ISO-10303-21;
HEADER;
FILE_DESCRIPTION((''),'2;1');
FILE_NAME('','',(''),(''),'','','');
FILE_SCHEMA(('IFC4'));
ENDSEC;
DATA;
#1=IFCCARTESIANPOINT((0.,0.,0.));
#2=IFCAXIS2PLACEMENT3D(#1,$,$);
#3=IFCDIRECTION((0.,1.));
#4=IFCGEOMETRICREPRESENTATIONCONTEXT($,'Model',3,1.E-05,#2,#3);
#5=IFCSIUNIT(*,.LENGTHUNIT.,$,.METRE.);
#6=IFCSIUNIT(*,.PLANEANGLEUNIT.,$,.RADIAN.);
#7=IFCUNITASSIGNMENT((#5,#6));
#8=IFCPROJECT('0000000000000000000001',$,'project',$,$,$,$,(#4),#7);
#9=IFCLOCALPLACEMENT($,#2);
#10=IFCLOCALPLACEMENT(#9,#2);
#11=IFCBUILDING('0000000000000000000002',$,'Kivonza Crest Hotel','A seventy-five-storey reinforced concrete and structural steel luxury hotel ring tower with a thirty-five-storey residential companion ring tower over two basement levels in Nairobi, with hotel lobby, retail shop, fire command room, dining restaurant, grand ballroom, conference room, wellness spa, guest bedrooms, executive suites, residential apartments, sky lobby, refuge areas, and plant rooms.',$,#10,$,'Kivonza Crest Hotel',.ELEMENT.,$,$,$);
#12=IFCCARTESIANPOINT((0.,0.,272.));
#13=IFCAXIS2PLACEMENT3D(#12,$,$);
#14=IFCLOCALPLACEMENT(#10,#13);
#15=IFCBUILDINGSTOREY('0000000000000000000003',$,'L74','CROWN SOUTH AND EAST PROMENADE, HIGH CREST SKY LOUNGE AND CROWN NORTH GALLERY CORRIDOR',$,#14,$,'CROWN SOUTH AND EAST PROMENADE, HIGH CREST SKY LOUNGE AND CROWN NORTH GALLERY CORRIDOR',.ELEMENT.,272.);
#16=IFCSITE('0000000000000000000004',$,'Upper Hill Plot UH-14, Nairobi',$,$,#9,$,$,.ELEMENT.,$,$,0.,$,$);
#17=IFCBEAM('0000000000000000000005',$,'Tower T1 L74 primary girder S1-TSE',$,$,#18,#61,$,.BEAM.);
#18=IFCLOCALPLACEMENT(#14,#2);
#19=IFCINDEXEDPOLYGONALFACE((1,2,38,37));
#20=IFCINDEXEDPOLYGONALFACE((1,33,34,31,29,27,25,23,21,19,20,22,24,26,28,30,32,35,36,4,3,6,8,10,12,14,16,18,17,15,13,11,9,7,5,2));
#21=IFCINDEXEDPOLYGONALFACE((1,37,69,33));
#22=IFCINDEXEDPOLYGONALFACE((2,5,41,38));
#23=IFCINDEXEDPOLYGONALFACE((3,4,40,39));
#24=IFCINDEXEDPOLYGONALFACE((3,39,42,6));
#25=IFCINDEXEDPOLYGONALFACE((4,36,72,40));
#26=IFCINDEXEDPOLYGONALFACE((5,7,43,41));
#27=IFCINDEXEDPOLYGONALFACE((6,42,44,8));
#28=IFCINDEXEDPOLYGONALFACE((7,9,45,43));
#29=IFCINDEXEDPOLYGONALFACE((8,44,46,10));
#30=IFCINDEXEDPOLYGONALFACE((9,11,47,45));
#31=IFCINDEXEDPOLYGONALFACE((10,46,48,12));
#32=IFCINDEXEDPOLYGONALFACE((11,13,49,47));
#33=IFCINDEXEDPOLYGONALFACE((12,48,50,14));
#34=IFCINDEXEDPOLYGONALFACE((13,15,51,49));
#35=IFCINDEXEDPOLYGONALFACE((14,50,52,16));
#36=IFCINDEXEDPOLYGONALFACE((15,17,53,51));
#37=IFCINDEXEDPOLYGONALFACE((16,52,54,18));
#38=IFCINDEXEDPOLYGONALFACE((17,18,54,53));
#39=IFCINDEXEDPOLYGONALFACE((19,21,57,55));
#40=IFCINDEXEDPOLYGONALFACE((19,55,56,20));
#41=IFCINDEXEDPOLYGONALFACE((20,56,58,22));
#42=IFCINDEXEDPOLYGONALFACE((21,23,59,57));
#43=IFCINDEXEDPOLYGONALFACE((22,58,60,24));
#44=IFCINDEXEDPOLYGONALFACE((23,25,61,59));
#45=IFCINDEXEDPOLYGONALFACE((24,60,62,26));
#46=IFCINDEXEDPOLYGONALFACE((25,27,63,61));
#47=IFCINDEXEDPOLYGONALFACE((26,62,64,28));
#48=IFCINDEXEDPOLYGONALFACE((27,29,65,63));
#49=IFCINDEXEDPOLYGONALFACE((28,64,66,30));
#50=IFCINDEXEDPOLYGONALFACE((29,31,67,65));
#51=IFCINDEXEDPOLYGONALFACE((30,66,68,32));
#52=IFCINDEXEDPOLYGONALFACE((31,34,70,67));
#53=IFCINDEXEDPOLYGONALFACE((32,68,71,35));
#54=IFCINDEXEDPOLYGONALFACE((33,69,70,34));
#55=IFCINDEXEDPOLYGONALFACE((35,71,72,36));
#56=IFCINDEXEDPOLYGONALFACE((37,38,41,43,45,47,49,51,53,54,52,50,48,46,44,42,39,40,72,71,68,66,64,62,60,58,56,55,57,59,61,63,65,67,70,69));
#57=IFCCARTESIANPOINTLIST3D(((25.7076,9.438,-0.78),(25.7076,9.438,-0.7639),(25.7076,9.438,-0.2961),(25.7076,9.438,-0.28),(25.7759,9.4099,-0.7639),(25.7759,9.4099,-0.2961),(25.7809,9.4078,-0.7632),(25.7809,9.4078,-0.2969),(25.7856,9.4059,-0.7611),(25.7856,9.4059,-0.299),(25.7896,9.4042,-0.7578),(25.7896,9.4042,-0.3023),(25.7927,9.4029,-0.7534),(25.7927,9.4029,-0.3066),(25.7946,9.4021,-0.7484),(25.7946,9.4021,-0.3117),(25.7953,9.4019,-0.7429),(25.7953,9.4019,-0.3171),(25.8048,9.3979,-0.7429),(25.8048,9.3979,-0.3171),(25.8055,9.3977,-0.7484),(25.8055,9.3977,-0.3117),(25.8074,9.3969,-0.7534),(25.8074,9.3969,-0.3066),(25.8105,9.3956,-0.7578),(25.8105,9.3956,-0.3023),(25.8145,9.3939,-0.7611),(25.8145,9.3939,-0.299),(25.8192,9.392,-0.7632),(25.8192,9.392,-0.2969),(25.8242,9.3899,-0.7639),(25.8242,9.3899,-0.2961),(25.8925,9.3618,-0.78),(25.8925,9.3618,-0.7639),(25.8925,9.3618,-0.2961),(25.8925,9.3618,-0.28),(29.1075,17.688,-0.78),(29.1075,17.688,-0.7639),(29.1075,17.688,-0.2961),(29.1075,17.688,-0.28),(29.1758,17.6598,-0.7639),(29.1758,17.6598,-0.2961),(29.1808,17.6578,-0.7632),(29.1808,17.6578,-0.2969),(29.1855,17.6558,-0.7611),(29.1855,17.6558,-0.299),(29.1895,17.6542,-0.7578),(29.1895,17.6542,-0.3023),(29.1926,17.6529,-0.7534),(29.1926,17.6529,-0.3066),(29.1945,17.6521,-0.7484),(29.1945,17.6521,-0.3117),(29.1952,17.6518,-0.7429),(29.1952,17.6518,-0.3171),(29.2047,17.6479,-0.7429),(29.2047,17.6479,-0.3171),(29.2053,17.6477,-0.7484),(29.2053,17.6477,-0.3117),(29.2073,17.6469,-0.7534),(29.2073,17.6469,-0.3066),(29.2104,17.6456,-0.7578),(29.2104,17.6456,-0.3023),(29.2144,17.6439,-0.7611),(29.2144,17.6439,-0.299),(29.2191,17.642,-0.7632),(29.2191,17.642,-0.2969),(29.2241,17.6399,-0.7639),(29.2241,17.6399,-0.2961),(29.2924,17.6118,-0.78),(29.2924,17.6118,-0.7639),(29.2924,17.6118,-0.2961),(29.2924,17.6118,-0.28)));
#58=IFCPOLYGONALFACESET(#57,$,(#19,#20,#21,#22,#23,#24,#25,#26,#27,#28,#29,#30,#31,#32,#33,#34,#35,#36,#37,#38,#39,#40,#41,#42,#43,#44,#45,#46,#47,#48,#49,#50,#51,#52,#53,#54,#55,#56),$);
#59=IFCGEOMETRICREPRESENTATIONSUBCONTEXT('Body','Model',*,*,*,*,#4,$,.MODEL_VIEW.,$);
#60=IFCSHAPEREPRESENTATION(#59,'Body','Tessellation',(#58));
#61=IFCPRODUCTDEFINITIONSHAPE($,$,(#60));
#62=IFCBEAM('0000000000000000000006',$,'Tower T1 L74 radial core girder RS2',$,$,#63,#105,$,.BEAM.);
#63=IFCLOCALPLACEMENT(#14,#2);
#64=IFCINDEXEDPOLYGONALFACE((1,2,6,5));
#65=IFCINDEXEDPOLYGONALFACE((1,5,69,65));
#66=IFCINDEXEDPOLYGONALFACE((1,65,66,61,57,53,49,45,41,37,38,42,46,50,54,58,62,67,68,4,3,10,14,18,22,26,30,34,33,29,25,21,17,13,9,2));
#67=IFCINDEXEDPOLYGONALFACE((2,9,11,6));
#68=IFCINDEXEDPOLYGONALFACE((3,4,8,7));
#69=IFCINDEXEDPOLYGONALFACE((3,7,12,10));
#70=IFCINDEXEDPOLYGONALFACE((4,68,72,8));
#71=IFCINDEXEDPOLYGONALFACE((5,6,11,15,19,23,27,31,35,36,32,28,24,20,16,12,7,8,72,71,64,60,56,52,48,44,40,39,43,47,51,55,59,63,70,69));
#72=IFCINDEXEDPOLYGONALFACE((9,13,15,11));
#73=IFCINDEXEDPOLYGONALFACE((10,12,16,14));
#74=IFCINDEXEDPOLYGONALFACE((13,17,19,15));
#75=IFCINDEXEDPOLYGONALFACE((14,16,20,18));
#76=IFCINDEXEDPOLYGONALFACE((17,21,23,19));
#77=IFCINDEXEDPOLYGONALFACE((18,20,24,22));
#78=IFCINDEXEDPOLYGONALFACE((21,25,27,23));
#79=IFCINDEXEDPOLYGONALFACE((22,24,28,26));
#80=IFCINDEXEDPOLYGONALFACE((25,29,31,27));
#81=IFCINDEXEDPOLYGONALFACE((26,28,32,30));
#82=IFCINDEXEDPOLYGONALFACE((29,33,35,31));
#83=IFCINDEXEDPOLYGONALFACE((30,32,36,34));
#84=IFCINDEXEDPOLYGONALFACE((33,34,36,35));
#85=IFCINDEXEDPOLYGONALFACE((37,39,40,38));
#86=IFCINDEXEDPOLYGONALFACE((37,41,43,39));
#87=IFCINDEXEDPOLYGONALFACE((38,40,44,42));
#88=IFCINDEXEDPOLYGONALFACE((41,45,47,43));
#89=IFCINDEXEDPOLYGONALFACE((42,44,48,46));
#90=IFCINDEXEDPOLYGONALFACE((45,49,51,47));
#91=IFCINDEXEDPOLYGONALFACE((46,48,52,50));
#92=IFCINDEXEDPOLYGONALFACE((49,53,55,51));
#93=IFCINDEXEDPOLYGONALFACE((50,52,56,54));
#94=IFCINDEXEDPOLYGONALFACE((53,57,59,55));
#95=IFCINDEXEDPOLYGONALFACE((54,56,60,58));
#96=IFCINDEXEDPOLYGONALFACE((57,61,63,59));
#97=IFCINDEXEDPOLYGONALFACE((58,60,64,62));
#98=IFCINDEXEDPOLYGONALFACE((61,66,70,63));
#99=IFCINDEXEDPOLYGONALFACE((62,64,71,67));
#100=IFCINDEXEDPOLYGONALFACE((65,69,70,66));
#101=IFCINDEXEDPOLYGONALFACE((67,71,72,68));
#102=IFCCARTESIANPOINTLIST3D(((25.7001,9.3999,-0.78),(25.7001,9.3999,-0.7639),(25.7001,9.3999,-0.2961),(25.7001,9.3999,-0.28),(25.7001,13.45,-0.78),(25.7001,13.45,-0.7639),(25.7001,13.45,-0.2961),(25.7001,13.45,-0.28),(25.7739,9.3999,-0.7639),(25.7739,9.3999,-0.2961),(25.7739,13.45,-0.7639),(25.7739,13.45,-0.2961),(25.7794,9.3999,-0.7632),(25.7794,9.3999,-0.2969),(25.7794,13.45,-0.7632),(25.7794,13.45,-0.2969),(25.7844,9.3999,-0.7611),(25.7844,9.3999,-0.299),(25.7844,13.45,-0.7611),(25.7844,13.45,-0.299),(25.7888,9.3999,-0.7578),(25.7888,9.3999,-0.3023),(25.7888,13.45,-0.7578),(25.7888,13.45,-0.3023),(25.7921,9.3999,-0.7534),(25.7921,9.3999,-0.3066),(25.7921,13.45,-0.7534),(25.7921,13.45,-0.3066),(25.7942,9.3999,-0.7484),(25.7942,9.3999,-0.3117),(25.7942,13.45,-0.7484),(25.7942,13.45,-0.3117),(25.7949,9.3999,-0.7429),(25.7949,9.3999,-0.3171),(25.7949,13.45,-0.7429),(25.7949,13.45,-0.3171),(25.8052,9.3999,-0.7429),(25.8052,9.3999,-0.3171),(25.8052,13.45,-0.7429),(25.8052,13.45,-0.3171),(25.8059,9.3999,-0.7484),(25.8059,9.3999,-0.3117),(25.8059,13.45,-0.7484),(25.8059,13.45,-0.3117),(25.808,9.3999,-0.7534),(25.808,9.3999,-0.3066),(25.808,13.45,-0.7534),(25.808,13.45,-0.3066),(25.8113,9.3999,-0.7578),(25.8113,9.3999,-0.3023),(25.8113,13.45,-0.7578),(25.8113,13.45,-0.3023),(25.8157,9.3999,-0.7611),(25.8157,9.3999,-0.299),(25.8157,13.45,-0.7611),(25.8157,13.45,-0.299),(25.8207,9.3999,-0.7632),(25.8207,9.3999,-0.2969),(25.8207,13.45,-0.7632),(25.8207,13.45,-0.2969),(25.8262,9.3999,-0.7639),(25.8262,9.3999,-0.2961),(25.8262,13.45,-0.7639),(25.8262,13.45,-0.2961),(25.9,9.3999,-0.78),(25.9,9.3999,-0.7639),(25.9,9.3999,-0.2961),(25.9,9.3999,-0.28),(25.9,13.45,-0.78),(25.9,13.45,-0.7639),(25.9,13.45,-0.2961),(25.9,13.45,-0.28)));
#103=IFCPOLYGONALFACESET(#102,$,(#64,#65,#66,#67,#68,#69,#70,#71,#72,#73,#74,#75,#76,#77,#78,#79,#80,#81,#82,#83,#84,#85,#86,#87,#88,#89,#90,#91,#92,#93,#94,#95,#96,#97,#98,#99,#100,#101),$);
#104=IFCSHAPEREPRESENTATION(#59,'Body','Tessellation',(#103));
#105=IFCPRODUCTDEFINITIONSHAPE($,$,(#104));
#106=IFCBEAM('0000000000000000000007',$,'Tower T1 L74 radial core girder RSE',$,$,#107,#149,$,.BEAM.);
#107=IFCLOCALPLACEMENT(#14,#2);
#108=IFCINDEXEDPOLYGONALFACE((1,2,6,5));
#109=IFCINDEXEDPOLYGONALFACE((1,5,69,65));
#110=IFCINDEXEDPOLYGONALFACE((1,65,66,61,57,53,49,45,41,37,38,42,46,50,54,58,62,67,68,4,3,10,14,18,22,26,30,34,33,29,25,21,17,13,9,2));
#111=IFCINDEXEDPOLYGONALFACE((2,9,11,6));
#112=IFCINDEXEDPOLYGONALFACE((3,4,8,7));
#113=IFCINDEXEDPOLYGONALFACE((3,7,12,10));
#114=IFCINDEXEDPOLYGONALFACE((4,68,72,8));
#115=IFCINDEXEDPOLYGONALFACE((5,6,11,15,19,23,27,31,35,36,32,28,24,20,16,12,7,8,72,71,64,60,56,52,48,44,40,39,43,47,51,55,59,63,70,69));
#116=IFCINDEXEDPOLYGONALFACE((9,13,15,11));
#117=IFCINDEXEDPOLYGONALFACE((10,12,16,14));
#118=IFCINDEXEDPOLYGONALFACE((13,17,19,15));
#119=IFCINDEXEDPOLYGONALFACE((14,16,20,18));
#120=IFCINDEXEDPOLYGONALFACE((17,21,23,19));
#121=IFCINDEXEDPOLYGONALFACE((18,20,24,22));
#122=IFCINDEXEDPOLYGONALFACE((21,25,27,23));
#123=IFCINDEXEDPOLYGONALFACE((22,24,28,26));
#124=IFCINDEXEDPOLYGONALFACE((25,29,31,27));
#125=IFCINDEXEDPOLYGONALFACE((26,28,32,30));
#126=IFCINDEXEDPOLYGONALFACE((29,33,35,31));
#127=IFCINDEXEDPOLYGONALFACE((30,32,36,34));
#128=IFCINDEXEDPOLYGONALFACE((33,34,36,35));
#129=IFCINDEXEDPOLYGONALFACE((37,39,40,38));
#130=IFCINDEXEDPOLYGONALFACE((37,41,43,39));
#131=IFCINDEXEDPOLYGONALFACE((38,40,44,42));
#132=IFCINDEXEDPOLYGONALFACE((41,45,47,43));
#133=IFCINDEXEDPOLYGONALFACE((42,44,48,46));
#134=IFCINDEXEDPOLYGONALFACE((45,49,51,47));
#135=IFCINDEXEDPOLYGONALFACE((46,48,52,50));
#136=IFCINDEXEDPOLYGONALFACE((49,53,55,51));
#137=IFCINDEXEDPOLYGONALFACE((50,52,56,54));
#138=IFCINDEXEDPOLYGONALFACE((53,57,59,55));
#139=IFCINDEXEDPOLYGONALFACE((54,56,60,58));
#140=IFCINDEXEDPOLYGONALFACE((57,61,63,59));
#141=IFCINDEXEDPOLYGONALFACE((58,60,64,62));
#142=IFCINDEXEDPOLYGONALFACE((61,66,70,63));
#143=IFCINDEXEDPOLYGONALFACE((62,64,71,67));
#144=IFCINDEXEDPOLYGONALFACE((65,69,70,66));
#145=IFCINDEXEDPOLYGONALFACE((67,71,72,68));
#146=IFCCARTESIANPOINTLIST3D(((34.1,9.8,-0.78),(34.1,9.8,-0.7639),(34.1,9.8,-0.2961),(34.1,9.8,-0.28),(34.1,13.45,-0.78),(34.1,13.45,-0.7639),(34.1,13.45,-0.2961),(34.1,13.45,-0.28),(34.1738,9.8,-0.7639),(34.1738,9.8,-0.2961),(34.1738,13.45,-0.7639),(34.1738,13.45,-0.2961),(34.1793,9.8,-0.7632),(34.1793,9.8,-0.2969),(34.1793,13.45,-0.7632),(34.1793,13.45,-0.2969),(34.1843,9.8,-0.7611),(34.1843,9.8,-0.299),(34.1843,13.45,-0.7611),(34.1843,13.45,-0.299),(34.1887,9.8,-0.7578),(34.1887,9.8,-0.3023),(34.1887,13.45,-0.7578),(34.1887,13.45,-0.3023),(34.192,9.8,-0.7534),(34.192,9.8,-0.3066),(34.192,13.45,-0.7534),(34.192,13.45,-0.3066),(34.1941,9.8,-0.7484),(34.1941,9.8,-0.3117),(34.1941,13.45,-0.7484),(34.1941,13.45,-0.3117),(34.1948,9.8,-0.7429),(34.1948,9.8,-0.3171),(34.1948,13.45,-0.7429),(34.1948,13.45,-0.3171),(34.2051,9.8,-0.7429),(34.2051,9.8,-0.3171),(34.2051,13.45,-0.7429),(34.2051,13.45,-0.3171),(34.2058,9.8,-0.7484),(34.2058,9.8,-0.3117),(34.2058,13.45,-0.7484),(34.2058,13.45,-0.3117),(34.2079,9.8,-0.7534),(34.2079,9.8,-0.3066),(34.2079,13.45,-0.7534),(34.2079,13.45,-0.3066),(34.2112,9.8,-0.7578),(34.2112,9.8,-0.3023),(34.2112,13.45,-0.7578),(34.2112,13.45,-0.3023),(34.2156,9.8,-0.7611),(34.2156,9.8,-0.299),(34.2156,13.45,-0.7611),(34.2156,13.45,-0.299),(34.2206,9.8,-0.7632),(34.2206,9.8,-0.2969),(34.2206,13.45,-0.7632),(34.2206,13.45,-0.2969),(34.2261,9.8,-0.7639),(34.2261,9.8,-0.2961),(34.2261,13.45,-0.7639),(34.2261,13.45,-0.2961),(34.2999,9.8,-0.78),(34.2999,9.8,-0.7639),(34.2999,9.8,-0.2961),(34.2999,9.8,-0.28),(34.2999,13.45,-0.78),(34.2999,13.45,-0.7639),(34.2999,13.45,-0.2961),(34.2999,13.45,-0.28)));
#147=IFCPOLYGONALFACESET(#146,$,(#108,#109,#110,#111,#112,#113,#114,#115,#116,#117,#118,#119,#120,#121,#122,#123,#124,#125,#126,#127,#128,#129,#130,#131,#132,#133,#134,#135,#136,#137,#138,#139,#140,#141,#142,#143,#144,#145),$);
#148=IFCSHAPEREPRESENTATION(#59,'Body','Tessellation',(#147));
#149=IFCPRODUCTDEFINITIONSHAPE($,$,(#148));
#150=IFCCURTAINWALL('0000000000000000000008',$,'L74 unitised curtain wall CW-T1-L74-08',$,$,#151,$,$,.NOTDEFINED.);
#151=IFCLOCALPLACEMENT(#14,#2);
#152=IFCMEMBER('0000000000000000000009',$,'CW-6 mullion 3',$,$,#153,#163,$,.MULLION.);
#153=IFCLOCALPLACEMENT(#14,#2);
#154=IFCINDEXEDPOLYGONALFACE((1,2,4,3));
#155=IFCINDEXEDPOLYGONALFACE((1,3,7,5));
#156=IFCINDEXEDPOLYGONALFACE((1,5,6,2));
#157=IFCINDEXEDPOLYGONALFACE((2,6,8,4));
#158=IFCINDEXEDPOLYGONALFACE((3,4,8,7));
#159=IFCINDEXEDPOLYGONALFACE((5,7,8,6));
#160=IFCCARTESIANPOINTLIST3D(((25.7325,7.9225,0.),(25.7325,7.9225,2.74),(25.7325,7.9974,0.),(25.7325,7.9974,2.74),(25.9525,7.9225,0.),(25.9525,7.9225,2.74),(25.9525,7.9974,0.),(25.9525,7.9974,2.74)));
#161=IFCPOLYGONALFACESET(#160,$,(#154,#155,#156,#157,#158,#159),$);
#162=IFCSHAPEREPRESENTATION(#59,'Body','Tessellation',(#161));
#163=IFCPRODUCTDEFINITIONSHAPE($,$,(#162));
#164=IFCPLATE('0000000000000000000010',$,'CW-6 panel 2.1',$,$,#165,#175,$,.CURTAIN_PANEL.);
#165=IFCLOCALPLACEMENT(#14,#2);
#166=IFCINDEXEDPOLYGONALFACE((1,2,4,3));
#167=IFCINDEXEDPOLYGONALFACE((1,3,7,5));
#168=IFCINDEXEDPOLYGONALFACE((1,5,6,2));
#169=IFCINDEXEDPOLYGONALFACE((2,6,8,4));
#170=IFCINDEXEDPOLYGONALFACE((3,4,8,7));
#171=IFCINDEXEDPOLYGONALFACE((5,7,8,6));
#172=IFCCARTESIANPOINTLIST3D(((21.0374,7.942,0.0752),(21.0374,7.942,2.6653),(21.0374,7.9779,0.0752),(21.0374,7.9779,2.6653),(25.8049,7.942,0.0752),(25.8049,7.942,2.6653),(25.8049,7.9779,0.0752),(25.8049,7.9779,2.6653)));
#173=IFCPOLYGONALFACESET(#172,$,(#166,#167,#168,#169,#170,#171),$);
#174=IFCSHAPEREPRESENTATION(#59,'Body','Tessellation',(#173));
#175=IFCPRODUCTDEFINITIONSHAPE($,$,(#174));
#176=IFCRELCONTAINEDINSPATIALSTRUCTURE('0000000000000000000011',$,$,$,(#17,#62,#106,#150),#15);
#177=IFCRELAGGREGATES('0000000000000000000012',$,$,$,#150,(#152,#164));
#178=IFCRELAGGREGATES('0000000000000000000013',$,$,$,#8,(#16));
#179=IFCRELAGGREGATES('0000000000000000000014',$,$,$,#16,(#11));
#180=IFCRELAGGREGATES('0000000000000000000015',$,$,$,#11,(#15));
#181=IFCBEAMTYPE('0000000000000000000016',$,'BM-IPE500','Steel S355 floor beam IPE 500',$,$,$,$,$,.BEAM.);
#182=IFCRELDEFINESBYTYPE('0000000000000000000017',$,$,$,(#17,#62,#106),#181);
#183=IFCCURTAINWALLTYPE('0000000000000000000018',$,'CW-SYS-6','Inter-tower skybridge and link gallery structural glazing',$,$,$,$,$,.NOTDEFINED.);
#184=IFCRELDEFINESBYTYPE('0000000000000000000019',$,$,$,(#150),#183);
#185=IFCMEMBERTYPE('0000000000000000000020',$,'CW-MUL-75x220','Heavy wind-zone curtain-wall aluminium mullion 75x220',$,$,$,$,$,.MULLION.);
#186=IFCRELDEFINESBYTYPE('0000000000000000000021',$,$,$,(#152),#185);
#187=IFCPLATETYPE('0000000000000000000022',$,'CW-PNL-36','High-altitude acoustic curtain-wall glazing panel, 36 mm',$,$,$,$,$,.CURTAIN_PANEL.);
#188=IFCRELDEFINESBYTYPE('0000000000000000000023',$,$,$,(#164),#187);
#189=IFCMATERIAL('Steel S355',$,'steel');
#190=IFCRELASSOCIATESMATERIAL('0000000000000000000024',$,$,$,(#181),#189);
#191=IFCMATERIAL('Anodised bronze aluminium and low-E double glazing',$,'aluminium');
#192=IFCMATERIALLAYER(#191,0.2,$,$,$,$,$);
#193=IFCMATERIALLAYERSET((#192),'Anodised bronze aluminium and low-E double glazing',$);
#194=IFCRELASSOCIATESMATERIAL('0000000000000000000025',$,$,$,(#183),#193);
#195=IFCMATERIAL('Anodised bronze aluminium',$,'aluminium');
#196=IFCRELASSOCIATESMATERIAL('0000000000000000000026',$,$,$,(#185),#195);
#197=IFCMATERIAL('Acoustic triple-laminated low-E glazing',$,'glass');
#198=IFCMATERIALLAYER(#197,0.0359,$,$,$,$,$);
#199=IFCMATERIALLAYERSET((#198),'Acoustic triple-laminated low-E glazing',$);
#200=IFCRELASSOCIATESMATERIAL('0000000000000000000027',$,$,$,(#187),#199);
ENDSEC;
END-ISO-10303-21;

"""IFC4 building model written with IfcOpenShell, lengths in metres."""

from ifc_helpers import new_model, si_unit, direction, frame, origin, origin_2d, place, context, subcontext, project, spatial, rectangle, i_section, extrude, material, layer, layer_set, material_profile, profile_set, type_object, element, aggregate, save


model = new_model("IFC4")

# Units and contexts
model_context = context("Model", 3, precision=1e-05, world=origin(), true_north=direction((0.0, 1.0)))
body_context = subcontext(model_context, "Body", "Model", "MODEL_VIEW")
ifc_project = project(units=[si_unit("LENGTHUNIT", "METRE"), si_unit("PLANEANGLEUNIT", "RADIAN")], contexts=[model_context])

# Site, building, storey
site_placement = place(None, origin())
site = spatial("IfcSite", under=ifc_project, at=site_placement, Name="Upper Hill Plot UH-14, Nairobi", CompositionType="ELEMENT", RefElevation=0.0)
building_placement = place(site_placement, origin())
building = spatial("IfcBuilding", under=site, at=building_placement, Name="Kivonza Crest Hotel", Description="A seventy-five-storey reinforced concrete and structural steel luxury hotel ring tower with a thirty-five-storey residential companion ring tower over two basement levels in Nairobi, with hotel lobby, retail shop, fire command room, dining restaurant, grand ballroom, conference room, wellness spa, guest bedrooms, executive suites, residential apartments, sky lobby, refuge areas, and plant rooms.", LongName="Kivonza Crest Hotel", CompositionType="ELEMENT")
storey_placement = place(building_placement, frame((0.0, 0.0, 272.0)))
storey = spatial("IfcBuildingStorey", under=building, at=storey_placement, Name="L74", Description="CROWN SOUTH AND EAST PROMENADE, HIGH CREST SKY LOUNGE AND CROWN NORTH GALLERY CORRIDOR", LongName="CROWN SOUTH AND EAST PROMENADE, HIGH CREST SKY LOUNGE AND CROWN NORTH GALLERY CORRIDOR", CompositionType="ELEMENT", Elevation=272.0)

# Beams
ifc_material_1 = material(Name="Steel S355", Category="steel")
ifc_material_profile_1 = material_profile(ifc_material_1, i_section(OverallWidth=0.2, OverallDepth=0.5, WebThickness=0.0103, FlangeThickness=0.0161, FilletRadius=0.021, at=origin_2d()), Name="IPE 500")
ifc_profile_set_1 = profile_set([ifc_material_profile_1], Name="Steel S355")
beam_type_1 = type_object("IfcBeamType", Name="BM-IPE500", Description="Steel S355 floor beam IPE 500", PredefinedType="BEAM", material=ifc_profile_set_1)
beam_1_placement = place(storey_placement, frame((25.8, 9.3999, -0.53), z_axis=(0.381022, 0.924566, 0.0), x_axis=(-0.924566, 0.381022, 0.0)))
element("IfcBeam", 1, at=beam_1_placement, inside=storey, type_object=beam_type_1, Name="Tower T1 L74 primary girder S1-TSE", PredefinedType="BEAM", context=body_context, shape_type="SweptSolid", body=[
    extrude(i_section(OverallWidth=0.2, OverallDepth=0.5, WebThickness=0.0103, FlangeThickness=0.0161, FilletRadius=0.021, at=origin_2d()), origin(), (0.0, 0.0, 1.0), 8.9231),
])
beam_2_placement = place(storey_placement, frame((25.8, 9.3999, -0.53), z_axis=(0.0, 1.0, 0.0), x_axis=(-1.0, 0.0, 0.0)))
element("IfcBeam", 2, at=beam_2_placement, inside=storey, type_object=beam_type_1, Name="Tower T1 L74 radial core girder RS2", PredefinedType="BEAM", context=body_context, shape_type="SweptSolid", body=[
    extrude(i_section(OverallWidth=0.2, OverallDepth=0.5, WebThickness=0.0103, FlangeThickness=0.0161, FilletRadius=0.021, at=origin_2d()), origin(), (0.0, 0.0, 1.0), 4.05),
])
beam_3_placement = place(storey_placement, frame((34.2, 9.8, -0.53), z_axis=(0.0, 1.0, 0.0), x_axis=(-1.0, 0.0, 0.0)))
element("IfcBeam", 3, at=beam_3_placement, inside=storey, type_object=beam_type_1, Name="Tower T1 L74 radial core girder RSE", PredefinedType="BEAM", context=body_context, shape_type="SweptSolid", body=[
    extrude(i_section(OverallWidth=0.2, OverallDepth=0.5, WebThickness=0.0103, FlangeThickness=0.0161, FilletRadius=0.021, at=origin_2d()), origin(), (0.0, 0.0, 1.0), 3.6499),
])

# Curtain wall, member, plate
ifc_material_2 = material(Name="Anodised bronze aluminium and low-E double glazing", Category="aluminium")
ifc_layer_1 = layer(ifc_material_2, 0.2)
ifc_layer_set_1 = layer_set([ifc_layer_1], Name="Anodised bronze aluminium and low-E double glazing")
curtain_wall_type = type_object("IfcCurtainWallType", Name="CW-SYS-6", Description="Inter-tower skybridge and link gallery structural glazing", PredefinedType="NOTDEFINED", material=ifc_layer_set_1)
curtain_wall_placement = place(storey_placement, origin())
curtain_wall = element("IfcCurtainWall", 4, at=curtain_wall_placement, inside=storey, type_object=curtain_wall_type, Name="L74 unitised curtain wall CW-T1-L74-08", PredefinedType="NOTDEFINED")
ifc_material_3 = material(Name="Anodised bronze aluminium", Category="aluminium")
ifc_material_profile_2 = material_profile(ifc_material_3, rectangle(XDim=0.075, YDim=0.22, at=origin_2d()), Name="CW-M 75x220")
ifc_profile_set_2 = profile_set([ifc_material_profile_2], Name="Anodised bronze aluminium")
member_type = type_object("IfcMemberType", Name="CW-MUL-75x220", Description="Heavy wind-zone curtain-wall aluminium mullion 75x220", PredefinedType="MULLION", material=ifc_profile_set_2)
member_placement = place(storey_placement, frame((25.8425, 7.96, 0.0), z_axis=(0.0, 0.0, 1.0), x_axis=(0.0, 1.0, 0.0)))
member = element("IfcMember", 5, at=member_placement, type_object=member_type, Name="CW-6 mullion 3", PredefinedType="MULLION", context=body_context, shape_type="SweptSolid", body=[
    extrude(rectangle(XDim=0.075, YDim=0.22, at=origin_2d()), origin(), (0.0, 0.0, 1.0), 2.74),
])
ifc_material_4 = material(Name="Acoustic triple-laminated low-E glazing", Category="glass")
ifc_layer_2 = layer(ifc_material_4, 0.0359)
ifc_layer_set_2 = layer_set([ifc_layer_2], Name="Acoustic triple-laminated low-E glazing")
plate_type = type_object("IfcPlateType", Name="CW-PNL-36", Description="High-altitude acoustic curtain-wall glazing panel, 36 mm", PredefinedType="CURTAIN_PANEL", material=ifc_layer_set_2)
plate_placement = place(storey_placement, frame((23.4211, 7.96, 0.0752), z_axis=(0.0, 0.0, 1.0), x_axis=(1.0, 0.0, 0.0)))
plate = element("IfcPlate", 6, at=plate_placement, type_object=plate_type, Name="CW-6 panel 2.1", PredefinedType="CURTAIN_PANEL", context=body_context, shape_type="SweptSolid", body=[
    extrude(rectangle(XDim=4.7676, YDim=0.0359, at=origin_2d()), origin(), (0.0, 0.0, 1.0), 2.5901),
])
aggregate(curtain_wall, [member, plate])

save(model, "model.ifc")
